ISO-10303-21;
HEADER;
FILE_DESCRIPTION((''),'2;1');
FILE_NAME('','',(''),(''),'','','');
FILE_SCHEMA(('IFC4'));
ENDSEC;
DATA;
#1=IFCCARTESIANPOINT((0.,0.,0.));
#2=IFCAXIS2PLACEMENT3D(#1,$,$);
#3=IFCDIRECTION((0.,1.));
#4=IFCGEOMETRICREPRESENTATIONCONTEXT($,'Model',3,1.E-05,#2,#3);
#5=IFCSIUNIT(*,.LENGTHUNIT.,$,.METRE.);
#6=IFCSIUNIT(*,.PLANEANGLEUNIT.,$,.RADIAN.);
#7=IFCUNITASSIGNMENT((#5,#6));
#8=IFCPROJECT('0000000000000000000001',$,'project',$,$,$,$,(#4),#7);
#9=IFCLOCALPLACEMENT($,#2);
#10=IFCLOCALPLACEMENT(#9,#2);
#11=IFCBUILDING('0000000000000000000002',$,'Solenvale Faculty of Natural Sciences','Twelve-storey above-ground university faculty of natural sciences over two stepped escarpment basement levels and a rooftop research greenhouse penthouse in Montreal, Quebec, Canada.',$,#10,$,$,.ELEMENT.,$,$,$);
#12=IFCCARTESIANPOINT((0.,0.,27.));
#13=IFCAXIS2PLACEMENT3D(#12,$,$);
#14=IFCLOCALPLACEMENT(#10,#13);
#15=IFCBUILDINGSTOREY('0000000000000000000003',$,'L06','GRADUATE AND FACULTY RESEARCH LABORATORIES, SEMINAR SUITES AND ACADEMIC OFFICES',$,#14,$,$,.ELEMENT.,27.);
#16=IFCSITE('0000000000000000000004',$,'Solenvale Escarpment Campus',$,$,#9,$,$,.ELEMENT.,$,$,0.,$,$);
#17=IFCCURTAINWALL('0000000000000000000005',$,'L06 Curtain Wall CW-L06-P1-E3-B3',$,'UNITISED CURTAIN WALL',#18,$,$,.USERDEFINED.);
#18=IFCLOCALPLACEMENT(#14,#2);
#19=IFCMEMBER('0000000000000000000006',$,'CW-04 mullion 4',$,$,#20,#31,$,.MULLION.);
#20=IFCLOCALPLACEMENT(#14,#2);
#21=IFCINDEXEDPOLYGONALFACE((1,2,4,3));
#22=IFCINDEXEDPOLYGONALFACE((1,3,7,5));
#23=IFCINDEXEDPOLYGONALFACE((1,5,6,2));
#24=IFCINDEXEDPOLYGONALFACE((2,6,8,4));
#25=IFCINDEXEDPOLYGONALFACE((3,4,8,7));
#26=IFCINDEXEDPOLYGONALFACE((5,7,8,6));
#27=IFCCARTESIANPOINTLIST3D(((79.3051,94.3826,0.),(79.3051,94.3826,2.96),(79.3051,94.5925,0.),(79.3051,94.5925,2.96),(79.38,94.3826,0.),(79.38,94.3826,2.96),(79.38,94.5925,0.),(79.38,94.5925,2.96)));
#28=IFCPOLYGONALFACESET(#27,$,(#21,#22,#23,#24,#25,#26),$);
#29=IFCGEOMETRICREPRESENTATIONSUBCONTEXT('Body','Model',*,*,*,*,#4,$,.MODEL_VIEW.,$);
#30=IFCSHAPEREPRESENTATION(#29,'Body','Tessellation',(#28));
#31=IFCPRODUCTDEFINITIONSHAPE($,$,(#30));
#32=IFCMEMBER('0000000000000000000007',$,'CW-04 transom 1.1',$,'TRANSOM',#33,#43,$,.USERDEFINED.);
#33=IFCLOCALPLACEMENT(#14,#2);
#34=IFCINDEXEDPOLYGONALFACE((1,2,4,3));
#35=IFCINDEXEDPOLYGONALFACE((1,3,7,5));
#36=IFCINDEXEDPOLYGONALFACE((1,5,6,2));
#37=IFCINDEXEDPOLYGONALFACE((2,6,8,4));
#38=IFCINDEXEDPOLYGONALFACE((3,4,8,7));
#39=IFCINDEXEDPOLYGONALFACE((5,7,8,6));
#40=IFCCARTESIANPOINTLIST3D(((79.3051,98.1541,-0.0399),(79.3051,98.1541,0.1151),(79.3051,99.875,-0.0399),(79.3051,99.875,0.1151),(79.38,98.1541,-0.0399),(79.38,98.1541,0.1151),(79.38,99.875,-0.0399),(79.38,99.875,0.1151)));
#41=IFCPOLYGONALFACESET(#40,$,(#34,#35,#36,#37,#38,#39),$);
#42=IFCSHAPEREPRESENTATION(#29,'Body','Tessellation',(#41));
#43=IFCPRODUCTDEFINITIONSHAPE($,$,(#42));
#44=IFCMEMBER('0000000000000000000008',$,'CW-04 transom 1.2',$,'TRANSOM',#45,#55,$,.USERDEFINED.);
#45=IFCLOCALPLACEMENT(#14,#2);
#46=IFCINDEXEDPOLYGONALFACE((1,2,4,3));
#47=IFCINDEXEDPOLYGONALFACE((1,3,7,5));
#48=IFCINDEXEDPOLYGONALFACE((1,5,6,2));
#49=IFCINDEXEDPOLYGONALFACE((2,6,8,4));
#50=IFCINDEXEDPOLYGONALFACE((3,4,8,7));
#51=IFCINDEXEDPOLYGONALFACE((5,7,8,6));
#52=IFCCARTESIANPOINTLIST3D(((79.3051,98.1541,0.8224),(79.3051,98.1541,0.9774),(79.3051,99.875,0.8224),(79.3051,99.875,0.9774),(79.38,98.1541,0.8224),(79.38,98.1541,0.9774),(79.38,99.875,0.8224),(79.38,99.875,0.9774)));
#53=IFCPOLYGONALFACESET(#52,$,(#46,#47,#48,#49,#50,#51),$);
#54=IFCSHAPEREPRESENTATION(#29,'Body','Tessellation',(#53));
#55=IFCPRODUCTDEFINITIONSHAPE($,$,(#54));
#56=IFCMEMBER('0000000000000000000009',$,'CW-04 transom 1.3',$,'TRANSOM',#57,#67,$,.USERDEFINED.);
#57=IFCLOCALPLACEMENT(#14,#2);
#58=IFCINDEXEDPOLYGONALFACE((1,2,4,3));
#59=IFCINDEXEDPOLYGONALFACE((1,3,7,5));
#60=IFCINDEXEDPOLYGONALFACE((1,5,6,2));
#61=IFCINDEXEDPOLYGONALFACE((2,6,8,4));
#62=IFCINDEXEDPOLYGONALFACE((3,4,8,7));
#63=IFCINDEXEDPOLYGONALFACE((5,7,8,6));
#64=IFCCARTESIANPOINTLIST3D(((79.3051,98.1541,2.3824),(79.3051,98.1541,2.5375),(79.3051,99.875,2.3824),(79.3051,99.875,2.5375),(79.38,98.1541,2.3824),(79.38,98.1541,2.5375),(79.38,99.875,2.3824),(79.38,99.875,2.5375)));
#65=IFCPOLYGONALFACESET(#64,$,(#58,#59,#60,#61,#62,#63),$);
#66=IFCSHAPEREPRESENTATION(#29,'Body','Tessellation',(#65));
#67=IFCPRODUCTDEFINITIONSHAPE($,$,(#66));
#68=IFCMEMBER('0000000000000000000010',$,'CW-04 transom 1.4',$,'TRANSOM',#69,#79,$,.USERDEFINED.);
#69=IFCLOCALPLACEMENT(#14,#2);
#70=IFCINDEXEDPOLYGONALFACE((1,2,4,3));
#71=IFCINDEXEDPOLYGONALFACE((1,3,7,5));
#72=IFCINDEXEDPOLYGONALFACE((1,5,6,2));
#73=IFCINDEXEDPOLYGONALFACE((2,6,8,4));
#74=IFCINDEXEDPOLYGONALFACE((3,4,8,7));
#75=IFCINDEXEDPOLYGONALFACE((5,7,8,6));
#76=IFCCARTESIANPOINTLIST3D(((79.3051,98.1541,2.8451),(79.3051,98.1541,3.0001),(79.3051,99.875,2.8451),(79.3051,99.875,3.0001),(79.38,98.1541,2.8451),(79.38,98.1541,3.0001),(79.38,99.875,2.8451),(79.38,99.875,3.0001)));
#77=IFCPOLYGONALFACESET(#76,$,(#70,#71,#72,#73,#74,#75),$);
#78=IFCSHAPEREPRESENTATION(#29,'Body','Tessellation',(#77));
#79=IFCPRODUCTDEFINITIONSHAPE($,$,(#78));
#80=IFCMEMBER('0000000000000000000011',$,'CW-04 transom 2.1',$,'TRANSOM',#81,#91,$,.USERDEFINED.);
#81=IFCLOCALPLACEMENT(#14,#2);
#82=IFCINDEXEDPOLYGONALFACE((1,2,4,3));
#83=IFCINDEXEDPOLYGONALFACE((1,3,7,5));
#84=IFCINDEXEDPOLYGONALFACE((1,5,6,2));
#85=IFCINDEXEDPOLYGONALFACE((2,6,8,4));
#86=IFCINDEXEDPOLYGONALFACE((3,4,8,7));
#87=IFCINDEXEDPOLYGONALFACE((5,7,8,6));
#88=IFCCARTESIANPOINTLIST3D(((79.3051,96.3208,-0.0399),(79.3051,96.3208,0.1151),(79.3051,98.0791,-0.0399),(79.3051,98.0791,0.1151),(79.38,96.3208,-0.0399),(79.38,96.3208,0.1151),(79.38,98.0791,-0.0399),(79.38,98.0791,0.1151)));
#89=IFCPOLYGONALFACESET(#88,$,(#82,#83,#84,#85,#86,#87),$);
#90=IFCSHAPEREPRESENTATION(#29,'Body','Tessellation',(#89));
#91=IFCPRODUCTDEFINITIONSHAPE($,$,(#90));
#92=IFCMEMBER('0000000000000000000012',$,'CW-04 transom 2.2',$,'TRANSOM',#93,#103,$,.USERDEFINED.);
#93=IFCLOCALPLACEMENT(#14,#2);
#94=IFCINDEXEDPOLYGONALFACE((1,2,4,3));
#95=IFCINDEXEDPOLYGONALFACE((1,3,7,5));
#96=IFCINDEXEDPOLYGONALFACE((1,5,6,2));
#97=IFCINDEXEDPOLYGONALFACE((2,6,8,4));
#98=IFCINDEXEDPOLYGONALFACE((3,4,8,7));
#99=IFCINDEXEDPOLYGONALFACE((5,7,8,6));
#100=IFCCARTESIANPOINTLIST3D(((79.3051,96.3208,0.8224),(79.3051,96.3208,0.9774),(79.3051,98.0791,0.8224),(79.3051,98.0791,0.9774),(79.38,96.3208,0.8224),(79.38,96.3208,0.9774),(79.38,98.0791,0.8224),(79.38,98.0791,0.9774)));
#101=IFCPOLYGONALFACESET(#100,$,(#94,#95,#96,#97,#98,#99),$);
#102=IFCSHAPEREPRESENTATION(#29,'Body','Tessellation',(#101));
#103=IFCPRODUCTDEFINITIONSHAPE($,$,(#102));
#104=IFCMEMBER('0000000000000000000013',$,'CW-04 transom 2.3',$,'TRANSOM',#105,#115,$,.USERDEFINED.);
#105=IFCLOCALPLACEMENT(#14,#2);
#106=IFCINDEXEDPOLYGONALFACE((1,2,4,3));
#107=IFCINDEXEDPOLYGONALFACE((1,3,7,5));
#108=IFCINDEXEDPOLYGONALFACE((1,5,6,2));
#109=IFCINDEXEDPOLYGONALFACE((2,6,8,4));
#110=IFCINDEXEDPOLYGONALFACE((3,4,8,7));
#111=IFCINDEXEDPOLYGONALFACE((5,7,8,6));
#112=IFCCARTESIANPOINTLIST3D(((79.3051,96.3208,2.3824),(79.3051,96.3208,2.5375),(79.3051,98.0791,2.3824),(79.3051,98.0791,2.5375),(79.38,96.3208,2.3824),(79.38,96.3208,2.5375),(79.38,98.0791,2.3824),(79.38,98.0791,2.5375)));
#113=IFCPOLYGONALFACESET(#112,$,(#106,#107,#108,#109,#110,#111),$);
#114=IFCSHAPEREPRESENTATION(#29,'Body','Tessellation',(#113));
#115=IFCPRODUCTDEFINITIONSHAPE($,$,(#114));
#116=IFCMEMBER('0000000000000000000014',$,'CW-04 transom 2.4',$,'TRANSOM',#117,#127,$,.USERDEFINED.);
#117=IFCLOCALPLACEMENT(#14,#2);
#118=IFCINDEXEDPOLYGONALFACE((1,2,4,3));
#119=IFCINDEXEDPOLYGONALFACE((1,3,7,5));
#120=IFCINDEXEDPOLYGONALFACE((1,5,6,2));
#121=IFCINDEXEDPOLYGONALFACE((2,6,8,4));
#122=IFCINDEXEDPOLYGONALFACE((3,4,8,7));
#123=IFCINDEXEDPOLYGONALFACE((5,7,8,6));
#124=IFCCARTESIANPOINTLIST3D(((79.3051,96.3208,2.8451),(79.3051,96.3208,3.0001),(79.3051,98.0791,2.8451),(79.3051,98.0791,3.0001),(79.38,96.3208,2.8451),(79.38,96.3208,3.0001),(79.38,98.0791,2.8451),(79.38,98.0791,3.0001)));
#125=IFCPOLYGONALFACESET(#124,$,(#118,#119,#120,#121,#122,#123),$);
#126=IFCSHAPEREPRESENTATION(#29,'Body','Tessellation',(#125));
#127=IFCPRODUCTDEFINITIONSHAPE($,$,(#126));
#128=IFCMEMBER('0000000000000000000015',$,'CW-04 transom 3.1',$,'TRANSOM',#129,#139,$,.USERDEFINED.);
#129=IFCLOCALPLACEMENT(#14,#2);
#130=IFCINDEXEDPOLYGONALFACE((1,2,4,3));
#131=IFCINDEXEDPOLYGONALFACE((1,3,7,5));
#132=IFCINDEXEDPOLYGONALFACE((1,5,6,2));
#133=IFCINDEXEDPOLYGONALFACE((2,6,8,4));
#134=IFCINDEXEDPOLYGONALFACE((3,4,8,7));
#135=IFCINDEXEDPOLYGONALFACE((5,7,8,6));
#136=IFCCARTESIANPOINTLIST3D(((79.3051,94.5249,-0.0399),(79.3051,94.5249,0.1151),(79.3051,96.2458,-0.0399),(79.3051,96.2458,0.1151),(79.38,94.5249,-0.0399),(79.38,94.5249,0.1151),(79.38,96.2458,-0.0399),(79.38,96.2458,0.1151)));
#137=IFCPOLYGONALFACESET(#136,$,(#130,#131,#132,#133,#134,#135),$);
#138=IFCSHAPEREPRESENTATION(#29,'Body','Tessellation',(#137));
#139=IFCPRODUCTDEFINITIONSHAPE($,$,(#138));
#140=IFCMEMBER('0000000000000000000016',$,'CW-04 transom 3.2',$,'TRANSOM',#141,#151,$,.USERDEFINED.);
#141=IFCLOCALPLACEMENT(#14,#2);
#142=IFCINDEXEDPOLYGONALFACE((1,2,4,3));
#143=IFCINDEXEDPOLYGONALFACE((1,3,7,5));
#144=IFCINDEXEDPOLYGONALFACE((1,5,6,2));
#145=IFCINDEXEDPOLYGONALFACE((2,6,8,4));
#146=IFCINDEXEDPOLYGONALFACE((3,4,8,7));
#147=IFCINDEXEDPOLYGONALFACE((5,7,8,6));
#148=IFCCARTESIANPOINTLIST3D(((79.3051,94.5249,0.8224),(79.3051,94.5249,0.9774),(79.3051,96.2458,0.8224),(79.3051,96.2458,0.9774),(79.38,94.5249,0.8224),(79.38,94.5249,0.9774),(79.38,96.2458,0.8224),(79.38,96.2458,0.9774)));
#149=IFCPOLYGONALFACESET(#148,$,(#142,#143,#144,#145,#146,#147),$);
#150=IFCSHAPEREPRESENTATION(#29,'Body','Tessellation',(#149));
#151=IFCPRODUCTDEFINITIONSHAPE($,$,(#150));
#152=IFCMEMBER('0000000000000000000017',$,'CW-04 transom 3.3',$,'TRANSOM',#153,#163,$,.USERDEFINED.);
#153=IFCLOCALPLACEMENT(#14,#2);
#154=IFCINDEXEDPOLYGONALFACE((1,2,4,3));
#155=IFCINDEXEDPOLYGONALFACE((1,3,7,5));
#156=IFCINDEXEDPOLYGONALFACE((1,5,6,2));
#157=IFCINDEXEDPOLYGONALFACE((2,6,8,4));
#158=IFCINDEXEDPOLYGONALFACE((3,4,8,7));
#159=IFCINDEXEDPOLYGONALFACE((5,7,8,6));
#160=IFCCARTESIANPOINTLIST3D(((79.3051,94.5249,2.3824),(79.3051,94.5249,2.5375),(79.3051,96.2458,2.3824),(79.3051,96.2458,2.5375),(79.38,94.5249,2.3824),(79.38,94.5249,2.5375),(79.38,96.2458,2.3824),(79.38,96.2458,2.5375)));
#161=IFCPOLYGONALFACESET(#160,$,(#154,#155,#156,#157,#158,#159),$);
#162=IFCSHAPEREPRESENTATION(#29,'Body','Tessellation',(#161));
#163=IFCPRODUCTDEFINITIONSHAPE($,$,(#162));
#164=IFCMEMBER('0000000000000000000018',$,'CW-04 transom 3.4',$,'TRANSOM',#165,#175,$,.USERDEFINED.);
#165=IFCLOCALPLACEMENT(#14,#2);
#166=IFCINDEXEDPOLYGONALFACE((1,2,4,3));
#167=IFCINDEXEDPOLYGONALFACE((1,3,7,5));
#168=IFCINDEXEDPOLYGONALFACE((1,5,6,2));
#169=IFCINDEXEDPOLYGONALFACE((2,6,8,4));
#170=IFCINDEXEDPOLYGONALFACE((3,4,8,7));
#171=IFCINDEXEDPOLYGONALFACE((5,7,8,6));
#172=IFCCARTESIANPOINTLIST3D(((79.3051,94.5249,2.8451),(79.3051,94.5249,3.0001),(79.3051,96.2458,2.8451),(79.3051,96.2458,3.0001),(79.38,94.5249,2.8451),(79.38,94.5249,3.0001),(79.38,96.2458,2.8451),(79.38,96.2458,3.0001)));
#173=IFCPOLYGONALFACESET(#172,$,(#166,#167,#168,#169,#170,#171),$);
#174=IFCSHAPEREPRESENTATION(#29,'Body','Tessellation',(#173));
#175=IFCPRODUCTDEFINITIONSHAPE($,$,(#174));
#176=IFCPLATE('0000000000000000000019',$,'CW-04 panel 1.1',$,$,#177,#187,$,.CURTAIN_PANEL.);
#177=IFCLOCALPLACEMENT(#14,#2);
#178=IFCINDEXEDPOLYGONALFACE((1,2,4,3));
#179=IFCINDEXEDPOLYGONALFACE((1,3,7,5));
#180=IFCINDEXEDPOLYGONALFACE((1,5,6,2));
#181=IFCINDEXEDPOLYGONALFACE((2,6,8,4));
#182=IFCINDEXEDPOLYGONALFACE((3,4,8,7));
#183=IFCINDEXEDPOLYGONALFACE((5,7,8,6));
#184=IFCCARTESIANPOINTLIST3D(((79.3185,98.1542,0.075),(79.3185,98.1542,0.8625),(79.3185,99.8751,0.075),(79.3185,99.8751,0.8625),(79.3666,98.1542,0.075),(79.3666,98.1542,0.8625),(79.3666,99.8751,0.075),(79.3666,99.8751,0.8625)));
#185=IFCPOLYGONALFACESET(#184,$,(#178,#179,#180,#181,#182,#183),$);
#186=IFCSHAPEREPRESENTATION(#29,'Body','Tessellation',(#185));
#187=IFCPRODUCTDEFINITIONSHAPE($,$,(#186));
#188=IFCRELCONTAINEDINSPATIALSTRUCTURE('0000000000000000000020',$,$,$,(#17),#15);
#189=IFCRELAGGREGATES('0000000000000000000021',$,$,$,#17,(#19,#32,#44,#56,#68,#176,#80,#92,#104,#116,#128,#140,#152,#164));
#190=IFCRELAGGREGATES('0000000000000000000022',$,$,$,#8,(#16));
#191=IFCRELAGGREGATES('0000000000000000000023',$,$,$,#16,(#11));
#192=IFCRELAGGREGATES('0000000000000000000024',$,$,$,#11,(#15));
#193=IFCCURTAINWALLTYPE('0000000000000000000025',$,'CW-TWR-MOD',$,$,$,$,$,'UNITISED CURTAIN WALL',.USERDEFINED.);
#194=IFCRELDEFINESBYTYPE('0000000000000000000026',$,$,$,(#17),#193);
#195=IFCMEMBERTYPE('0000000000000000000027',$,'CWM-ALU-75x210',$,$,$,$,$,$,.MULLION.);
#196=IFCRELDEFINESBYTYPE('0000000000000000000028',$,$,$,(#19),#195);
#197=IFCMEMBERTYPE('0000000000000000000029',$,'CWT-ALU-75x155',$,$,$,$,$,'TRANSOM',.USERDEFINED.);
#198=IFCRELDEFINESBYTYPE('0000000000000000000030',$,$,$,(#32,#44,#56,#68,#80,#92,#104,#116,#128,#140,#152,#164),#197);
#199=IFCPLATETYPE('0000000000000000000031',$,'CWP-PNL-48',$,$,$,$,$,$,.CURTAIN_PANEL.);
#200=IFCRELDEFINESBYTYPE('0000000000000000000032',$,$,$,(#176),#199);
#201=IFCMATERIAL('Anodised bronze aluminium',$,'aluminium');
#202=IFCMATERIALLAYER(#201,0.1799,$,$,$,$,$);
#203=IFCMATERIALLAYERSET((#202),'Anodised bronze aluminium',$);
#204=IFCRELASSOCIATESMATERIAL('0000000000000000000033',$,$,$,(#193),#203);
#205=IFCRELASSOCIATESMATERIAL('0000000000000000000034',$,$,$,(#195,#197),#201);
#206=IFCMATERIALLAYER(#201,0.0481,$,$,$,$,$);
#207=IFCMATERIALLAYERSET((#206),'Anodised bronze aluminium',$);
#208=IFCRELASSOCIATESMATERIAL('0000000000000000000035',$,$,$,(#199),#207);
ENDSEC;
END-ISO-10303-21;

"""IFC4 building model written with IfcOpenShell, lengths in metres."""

from ifc_helpers import new_model, si_unit, direction, frame, origin, origin_2d, place, context, subcontext, project, spatial, rectangle, extrude, material, layer, layer_set, material_profile, profile_set, type_object, element, aggregate, save


model = new_model("IFC4")

# Units and contexts
model_context = context("Model", 3, precision=1e-05, world=origin(), true_north=direction((0.0, 1.0)))
body_context = subcontext(model_context, "Body", "Model", "MODEL_VIEW")
ifc_project = project(units=[si_unit("LENGTHUNIT", "METRE"), si_unit("PLANEANGLEUNIT", "RADIAN")], contexts=[model_context])

# Site, building, storey
site_placement = place(None, origin())
site = spatial("IfcSite", under=ifc_project, at=site_placement, Name="Solenvale Escarpment Campus", CompositionType="ELEMENT", RefElevation=0.0)
building_placement = place(site_placement, origin())
building = spatial("IfcBuilding", under=site, at=building_placement, Name="Solenvale Faculty of Natural Sciences", Description="Twelve-storey above-ground university faculty of natural sciences over two stepped escarpment basement levels and a rooftop research greenhouse penthouse in Montreal, Quebec, Canada.", CompositionType="ELEMENT")
storey_placement = place(building_placement, frame((0.0, 0.0, 27.0)))
storey = spatial("IfcBuildingStorey", under=building, at=storey_placement, Name="L06", Description="GRADUATE AND FACULTY RESEARCH LABORATORIES, SEMINAR SUITES AND ACADEMIC OFFICES", CompositionType="ELEMENT", Elevation=27.0)

# Curtain wall, members, plate
ifc_material_1 = material(Name="Anodised bronze aluminium", Category="aluminium")
ifc_layer_1 = layer(ifc_material_1, 0.1799)
ifc_layer_set_1 = layer_set([ifc_layer_1], Name="Anodised bronze aluminium")
curtain_wall_type = type_object("IfcCurtainWallType", Name="CW-TWR-MOD", ElementType="UNITISED CURTAIN WALL", PredefinedType="USERDEFINED", material=ifc_layer_set_1)
curtain_wall_placement = place(storey_placement, origin())
curtain_wall = element("IfcCurtainWall", 1, at=curtain_wall_placement, inside=storey, type_object=curtain_wall_type, Name="L06 Curtain Wall CW-L06-P1-E3-B3", ObjectType="UNITISED CURTAIN WALL", PredefinedType="USERDEFINED")
ifc_material_profile_1 = material_profile(ifc_material_1, rectangle(XDim=0.075, YDim=0.21, at=origin_2d()), Name="ALU-MUL-75x210")
ifc_profile_set_1 = profile_set([ifc_material_profile_1], Name="Anodised bronze aluminium")
member_type_1 = type_object("IfcMemberType", Name="CWM-ALU-75x210", PredefinedType="MULLION", material=ifc_profile_set_1)
member_1_placement = place(storey_placement, frame((79.3425, 94.4875, 0.0), z_axis=(0.0, 0.0, 1.0), x_axis=(1.0, 0.0, 0.0)))
member_1 = element("IfcMember", 2, at=member_1_placement, type_object=member_type_1, Name="CW-04 mullion 4", PredefinedType="MULLION", context=body_context, shape_type="SweptSolid", body=[
    extrude(rectangle(XDim=0.075, YDim=0.21, at=origin_2d()), origin(), (0.0, 0.0, 1.0), 2.96),
])
ifc_material_profile_2 = material_profile(ifc_material_1, rectangle(XDim=0.075, YDim=0.155, at=origin_2d()), Name="ALU-TRN-75x155")
ifc_profile_set_2 = profile_set([ifc_material_profile_2], Name="Anodised bronze aluminium")
member_type_2 = type_object("IfcMemberType", Name="CWT-ALU-75x155", ElementType="TRANSOM", PredefinedType="USERDEFINED", material=ifc_profile_set_2)
member_2_placement = place(storey_placement, frame((79.3425, 99.875, 0.0376), z_axis=(0.0, -1.0, 0.0), x_axis=(1.0, 0.0, 0.0)))
member_2 = element("IfcMember", 3, at=member_2_placement, type_object=member_type_2, Name="CW-04 transom 1.1", ObjectType="TRANSOM", PredefinedType="USERDEFINED", context=body_context, shape_type="SweptSolid", body=[
    extrude(rectangle(XDim=0.075, YDim=0.155, at=origin_2d()), origin(), (0.0, 0.0, 1.0), 1.7209),
])
member_3_placement = place(storey_placement, frame((79.3425, 99.875, 0.8999), z_axis=(0.0, -1.0, 0.0), x_axis=(1.0, 0.0, 0.0)))
member_3 = element("IfcMember", 4, at=member_3_placement, type_object=member_type_2, Name="CW-04 transom 1.2", ObjectType="TRANSOM", PredefinedType="USERDEFINED", context=body_context, shape_type="SweptSolid", body=[
    extrude(rectangle(XDim=0.075, YDim=0.155, at=origin_2d()), origin(), (0.0, 0.0, 1.0), 1.7209),
])
member_4_placement = place(storey_placement, frame((79.3425, 99.875, 2.46), z_axis=(0.0, -1.0, 0.0), x_axis=(1.0, 0.0, 0.0)))
member_4 = element("IfcMember", 5, at=member_4_placement, type_object=member_type_2, Name="CW-04 transom 1.3", ObjectType="TRANSOM", PredefinedType="USERDEFINED", context=body_context, shape_type="SweptSolid", body=[
    extrude(rectangle(XDim=0.075, YDim=0.155, at=origin_2d()), origin(), (0.0, 0.0, 1.0), 1.7209),
])
member_5_placement = place(storey_placement, frame((79.3425, 99.875, 2.9226), z_axis=(0.0, -1.0, 0.0), x_axis=(1.0, 0.0, 0.0)))
member_5 = element("IfcMember", 6, at=member_5_placement, type_object=member_type_2, Name="CW-04 transom 1.4", ObjectType="TRANSOM", PredefinedType="USERDEFINED", context=body_context, shape_type="SweptSolid", body=[
    extrude(rectangle(XDim=0.075, YDim=0.155, at=origin_2d()), origin(), (0.0, 0.0, 1.0), 1.7209),
])
member_6_placement = place(storey_placement, frame((79.3425, 98.0791, 0.0376), z_axis=(0.0, -1.0, 0.0), x_axis=(1.0, 0.0, 0.0)))
member_6 = element("IfcMember", 7, at=member_6_placement, type_object=member_type_2, Name="CW-04 transom 2.1", ObjectType="TRANSOM", PredefinedType="USERDEFINED", context=body_context, shape_type="SweptSolid", body=[
    extrude(rectangle(XDim=0.075, YDim=0.155, at=origin_2d()), origin(), (0.0, 0.0, 1.0), 1.7583),
])
member_7_placement = place(storey_placement, frame((79.3425, 98.0791, 0.8999), z_axis=(0.0, -1.0, 0.0), x_axis=(1.0, 0.0, 0.0)))
member_7 = element("IfcMember", 8, at=member_7_placement, type_object=member_type_2, Name="CW-04 transom 2.2", ObjectType="TRANSOM", PredefinedType="USERDEFINED", context=body_context, shape_type="SweptSolid", body=[
    extrude(rectangle(XDim=0.075, YDim=0.155, at=origin_2d()), origin(), (0.0, 0.0, 1.0), 1.7583),
])
member_8_placement = place(storey_placement, frame((79.3425, 98.0791, 2.46), z_axis=(0.0, -1.0, 0.0), x_axis=(1.0, 0.0, 0.0)))
member_8 = element("IfcMember", 9, at=member_8_placement, type_object=member_type_2, Name="CW-04 transom 2.3", ObjectType="TRANSOM", PredefinedType="USERDEFINED", context=body_context, shape_type="SweptSolid", body=[
    extrude(rectangle(XDim=0.075, YDim=0.155, at=origin_2d()), origin(), (0.0, 0.0, 1.0), 1.7583),
])
member_9_placement = place(storey_placement, frame((79.3425, 98.0791, 2.9226), z_axis=(0.0, -1.0, 0.0), x_axis=(1.0, 0.0, 0.0)))
member_9 = element("IfcMember", 10, at=member_9_placement, type_object=member_type_2, Name="CW-04 transom 2.4", ObjectType="TRANSOM", PredefinedType="USERDEFINED", context=body_context, shape_type="SweptSolid", body=[
    extrude(rectangle(XDim=0.075, YDim=0.155, at=origin_2d()), origin(), (0.0, 0.0, 1.0), 1.7583),
])
member_10_placement = place(storey_placement, frame((79.3425, 96.2458, 0.0376), z_axis=(0.0, -1.0, 0.0), x_axis=(1.0, 0.0, 0.0)))
member_10 = element("IfcMember", 11, at=member_10_placement, type_object=member_type_2, Name="CW-04 transom 3.1", ObjectType="TRANSOM", PredefinedType="USERDEFINED", context=body_context, shape_type="SweptSolid", body=[
    extrude(rectangle(XDim=0.075, YDim=0.155, at=origin_2d()), origin(), (0.0, 0.0, 1.0), 1.7209),
])
member_11_placement = place(storey_placement, frame((79.3425, 96.2458, 0.8999), z_axis=(0.0, -1.0, 0.0), x_axis=(1.0, 0.0, 0.0)))
member_11 = element("IfcMember", 12, at=member_11_placement, type_object=member_type_2, Name="CW-04 transom 3.2", ObjectType="TRANSOM", PredefinedType="USERDEFINED", context=body_context, shape_type="SweptSolid", body=[
    extrude(rectangle(XDim=0.075, YDim=0.155, at=origin_2d()), origin(), (0.0, 0.0, 1.0), 1.7209),
])
member_12_placement = place(storey_placement, frame((79.3425, 96.2458, 2.46), z_axis=(0.0, -1.0, 0.0), x_axis=(1.0, 0.0, 0.0)))
member_12 = element("IfcMember", 13, at=member_12_placement, type_object=member_type_2, Name="CW-04 transom 3.3", ObjectType="TRANSOM", PredefinedType="USERDEFINED", context=body_context, shape_type="SweptSolid", body=[
    extrude(rectangle(XDim=0.075, YDim=0.155, at=origin_2d()), origin(), (0.0, 0.0, 1.0), 1.7209),
])
member_13_placement = place(storey_placement, frame((79.3425, 96.2458, 2.9226), z_axis=(0.0, -1.0, 0.0), x_axis=(1.0, 0.0, 0.0)))
member_13 = element("IfcMember", 14, at=member_13_placement, type_object=member_type_2, Name="CW-04 transom 3.4", ObjectType="TRANSOM", PredefinedType="USERDEFINED", context=body_context, shape_type="SweptSolid", body=[
    extrude(rectangle(XDim=0.075, YDim=0.155, at=origin_2d()), origin(), (0.0, 0.0, 1.0), 1.7209),
])
ifc_layer_2 = layer(ifc_material_1, 0.0481)
ifc_layer_set_2 = layer_set([ifc_layer_2], Name="Anodised bronze aluminium")
plate_type = type_object("IfcPlateType", Name="CWP-PNL-48", PredefinedType="CURTAIN_PANEL", material=ifc_layer_set_2)
plate_1_placement = place(storey_placement, frame((79.3425, 99.0146, 0.075), z_axis=(0.0, 0.0, 1.0), x_axis=(0.0, -1.0, 0.0)))
plate_1 = element("IfcPlate", 15, at=plate_1_placement, type_object=plate_type, Name="CW-04 panel 1.1", PredefinedType="CURTAIN_PANEL", context=body_context, shape_type="SweptSolid", body=[
    extrude(rectangle(XDim=1.7209, YDim=0.0481, at=origin_2d()), origin(), (0.0, 0.0, 1.0), 0.7876),
])
aggregate(curtain_wall, [member_1, member_2, member_3, member_4, member_5, plate_1, member_6, member_7, member_8, member_9, member_10, member_11, member_12, member_13])

save(model, "model.ifc")
